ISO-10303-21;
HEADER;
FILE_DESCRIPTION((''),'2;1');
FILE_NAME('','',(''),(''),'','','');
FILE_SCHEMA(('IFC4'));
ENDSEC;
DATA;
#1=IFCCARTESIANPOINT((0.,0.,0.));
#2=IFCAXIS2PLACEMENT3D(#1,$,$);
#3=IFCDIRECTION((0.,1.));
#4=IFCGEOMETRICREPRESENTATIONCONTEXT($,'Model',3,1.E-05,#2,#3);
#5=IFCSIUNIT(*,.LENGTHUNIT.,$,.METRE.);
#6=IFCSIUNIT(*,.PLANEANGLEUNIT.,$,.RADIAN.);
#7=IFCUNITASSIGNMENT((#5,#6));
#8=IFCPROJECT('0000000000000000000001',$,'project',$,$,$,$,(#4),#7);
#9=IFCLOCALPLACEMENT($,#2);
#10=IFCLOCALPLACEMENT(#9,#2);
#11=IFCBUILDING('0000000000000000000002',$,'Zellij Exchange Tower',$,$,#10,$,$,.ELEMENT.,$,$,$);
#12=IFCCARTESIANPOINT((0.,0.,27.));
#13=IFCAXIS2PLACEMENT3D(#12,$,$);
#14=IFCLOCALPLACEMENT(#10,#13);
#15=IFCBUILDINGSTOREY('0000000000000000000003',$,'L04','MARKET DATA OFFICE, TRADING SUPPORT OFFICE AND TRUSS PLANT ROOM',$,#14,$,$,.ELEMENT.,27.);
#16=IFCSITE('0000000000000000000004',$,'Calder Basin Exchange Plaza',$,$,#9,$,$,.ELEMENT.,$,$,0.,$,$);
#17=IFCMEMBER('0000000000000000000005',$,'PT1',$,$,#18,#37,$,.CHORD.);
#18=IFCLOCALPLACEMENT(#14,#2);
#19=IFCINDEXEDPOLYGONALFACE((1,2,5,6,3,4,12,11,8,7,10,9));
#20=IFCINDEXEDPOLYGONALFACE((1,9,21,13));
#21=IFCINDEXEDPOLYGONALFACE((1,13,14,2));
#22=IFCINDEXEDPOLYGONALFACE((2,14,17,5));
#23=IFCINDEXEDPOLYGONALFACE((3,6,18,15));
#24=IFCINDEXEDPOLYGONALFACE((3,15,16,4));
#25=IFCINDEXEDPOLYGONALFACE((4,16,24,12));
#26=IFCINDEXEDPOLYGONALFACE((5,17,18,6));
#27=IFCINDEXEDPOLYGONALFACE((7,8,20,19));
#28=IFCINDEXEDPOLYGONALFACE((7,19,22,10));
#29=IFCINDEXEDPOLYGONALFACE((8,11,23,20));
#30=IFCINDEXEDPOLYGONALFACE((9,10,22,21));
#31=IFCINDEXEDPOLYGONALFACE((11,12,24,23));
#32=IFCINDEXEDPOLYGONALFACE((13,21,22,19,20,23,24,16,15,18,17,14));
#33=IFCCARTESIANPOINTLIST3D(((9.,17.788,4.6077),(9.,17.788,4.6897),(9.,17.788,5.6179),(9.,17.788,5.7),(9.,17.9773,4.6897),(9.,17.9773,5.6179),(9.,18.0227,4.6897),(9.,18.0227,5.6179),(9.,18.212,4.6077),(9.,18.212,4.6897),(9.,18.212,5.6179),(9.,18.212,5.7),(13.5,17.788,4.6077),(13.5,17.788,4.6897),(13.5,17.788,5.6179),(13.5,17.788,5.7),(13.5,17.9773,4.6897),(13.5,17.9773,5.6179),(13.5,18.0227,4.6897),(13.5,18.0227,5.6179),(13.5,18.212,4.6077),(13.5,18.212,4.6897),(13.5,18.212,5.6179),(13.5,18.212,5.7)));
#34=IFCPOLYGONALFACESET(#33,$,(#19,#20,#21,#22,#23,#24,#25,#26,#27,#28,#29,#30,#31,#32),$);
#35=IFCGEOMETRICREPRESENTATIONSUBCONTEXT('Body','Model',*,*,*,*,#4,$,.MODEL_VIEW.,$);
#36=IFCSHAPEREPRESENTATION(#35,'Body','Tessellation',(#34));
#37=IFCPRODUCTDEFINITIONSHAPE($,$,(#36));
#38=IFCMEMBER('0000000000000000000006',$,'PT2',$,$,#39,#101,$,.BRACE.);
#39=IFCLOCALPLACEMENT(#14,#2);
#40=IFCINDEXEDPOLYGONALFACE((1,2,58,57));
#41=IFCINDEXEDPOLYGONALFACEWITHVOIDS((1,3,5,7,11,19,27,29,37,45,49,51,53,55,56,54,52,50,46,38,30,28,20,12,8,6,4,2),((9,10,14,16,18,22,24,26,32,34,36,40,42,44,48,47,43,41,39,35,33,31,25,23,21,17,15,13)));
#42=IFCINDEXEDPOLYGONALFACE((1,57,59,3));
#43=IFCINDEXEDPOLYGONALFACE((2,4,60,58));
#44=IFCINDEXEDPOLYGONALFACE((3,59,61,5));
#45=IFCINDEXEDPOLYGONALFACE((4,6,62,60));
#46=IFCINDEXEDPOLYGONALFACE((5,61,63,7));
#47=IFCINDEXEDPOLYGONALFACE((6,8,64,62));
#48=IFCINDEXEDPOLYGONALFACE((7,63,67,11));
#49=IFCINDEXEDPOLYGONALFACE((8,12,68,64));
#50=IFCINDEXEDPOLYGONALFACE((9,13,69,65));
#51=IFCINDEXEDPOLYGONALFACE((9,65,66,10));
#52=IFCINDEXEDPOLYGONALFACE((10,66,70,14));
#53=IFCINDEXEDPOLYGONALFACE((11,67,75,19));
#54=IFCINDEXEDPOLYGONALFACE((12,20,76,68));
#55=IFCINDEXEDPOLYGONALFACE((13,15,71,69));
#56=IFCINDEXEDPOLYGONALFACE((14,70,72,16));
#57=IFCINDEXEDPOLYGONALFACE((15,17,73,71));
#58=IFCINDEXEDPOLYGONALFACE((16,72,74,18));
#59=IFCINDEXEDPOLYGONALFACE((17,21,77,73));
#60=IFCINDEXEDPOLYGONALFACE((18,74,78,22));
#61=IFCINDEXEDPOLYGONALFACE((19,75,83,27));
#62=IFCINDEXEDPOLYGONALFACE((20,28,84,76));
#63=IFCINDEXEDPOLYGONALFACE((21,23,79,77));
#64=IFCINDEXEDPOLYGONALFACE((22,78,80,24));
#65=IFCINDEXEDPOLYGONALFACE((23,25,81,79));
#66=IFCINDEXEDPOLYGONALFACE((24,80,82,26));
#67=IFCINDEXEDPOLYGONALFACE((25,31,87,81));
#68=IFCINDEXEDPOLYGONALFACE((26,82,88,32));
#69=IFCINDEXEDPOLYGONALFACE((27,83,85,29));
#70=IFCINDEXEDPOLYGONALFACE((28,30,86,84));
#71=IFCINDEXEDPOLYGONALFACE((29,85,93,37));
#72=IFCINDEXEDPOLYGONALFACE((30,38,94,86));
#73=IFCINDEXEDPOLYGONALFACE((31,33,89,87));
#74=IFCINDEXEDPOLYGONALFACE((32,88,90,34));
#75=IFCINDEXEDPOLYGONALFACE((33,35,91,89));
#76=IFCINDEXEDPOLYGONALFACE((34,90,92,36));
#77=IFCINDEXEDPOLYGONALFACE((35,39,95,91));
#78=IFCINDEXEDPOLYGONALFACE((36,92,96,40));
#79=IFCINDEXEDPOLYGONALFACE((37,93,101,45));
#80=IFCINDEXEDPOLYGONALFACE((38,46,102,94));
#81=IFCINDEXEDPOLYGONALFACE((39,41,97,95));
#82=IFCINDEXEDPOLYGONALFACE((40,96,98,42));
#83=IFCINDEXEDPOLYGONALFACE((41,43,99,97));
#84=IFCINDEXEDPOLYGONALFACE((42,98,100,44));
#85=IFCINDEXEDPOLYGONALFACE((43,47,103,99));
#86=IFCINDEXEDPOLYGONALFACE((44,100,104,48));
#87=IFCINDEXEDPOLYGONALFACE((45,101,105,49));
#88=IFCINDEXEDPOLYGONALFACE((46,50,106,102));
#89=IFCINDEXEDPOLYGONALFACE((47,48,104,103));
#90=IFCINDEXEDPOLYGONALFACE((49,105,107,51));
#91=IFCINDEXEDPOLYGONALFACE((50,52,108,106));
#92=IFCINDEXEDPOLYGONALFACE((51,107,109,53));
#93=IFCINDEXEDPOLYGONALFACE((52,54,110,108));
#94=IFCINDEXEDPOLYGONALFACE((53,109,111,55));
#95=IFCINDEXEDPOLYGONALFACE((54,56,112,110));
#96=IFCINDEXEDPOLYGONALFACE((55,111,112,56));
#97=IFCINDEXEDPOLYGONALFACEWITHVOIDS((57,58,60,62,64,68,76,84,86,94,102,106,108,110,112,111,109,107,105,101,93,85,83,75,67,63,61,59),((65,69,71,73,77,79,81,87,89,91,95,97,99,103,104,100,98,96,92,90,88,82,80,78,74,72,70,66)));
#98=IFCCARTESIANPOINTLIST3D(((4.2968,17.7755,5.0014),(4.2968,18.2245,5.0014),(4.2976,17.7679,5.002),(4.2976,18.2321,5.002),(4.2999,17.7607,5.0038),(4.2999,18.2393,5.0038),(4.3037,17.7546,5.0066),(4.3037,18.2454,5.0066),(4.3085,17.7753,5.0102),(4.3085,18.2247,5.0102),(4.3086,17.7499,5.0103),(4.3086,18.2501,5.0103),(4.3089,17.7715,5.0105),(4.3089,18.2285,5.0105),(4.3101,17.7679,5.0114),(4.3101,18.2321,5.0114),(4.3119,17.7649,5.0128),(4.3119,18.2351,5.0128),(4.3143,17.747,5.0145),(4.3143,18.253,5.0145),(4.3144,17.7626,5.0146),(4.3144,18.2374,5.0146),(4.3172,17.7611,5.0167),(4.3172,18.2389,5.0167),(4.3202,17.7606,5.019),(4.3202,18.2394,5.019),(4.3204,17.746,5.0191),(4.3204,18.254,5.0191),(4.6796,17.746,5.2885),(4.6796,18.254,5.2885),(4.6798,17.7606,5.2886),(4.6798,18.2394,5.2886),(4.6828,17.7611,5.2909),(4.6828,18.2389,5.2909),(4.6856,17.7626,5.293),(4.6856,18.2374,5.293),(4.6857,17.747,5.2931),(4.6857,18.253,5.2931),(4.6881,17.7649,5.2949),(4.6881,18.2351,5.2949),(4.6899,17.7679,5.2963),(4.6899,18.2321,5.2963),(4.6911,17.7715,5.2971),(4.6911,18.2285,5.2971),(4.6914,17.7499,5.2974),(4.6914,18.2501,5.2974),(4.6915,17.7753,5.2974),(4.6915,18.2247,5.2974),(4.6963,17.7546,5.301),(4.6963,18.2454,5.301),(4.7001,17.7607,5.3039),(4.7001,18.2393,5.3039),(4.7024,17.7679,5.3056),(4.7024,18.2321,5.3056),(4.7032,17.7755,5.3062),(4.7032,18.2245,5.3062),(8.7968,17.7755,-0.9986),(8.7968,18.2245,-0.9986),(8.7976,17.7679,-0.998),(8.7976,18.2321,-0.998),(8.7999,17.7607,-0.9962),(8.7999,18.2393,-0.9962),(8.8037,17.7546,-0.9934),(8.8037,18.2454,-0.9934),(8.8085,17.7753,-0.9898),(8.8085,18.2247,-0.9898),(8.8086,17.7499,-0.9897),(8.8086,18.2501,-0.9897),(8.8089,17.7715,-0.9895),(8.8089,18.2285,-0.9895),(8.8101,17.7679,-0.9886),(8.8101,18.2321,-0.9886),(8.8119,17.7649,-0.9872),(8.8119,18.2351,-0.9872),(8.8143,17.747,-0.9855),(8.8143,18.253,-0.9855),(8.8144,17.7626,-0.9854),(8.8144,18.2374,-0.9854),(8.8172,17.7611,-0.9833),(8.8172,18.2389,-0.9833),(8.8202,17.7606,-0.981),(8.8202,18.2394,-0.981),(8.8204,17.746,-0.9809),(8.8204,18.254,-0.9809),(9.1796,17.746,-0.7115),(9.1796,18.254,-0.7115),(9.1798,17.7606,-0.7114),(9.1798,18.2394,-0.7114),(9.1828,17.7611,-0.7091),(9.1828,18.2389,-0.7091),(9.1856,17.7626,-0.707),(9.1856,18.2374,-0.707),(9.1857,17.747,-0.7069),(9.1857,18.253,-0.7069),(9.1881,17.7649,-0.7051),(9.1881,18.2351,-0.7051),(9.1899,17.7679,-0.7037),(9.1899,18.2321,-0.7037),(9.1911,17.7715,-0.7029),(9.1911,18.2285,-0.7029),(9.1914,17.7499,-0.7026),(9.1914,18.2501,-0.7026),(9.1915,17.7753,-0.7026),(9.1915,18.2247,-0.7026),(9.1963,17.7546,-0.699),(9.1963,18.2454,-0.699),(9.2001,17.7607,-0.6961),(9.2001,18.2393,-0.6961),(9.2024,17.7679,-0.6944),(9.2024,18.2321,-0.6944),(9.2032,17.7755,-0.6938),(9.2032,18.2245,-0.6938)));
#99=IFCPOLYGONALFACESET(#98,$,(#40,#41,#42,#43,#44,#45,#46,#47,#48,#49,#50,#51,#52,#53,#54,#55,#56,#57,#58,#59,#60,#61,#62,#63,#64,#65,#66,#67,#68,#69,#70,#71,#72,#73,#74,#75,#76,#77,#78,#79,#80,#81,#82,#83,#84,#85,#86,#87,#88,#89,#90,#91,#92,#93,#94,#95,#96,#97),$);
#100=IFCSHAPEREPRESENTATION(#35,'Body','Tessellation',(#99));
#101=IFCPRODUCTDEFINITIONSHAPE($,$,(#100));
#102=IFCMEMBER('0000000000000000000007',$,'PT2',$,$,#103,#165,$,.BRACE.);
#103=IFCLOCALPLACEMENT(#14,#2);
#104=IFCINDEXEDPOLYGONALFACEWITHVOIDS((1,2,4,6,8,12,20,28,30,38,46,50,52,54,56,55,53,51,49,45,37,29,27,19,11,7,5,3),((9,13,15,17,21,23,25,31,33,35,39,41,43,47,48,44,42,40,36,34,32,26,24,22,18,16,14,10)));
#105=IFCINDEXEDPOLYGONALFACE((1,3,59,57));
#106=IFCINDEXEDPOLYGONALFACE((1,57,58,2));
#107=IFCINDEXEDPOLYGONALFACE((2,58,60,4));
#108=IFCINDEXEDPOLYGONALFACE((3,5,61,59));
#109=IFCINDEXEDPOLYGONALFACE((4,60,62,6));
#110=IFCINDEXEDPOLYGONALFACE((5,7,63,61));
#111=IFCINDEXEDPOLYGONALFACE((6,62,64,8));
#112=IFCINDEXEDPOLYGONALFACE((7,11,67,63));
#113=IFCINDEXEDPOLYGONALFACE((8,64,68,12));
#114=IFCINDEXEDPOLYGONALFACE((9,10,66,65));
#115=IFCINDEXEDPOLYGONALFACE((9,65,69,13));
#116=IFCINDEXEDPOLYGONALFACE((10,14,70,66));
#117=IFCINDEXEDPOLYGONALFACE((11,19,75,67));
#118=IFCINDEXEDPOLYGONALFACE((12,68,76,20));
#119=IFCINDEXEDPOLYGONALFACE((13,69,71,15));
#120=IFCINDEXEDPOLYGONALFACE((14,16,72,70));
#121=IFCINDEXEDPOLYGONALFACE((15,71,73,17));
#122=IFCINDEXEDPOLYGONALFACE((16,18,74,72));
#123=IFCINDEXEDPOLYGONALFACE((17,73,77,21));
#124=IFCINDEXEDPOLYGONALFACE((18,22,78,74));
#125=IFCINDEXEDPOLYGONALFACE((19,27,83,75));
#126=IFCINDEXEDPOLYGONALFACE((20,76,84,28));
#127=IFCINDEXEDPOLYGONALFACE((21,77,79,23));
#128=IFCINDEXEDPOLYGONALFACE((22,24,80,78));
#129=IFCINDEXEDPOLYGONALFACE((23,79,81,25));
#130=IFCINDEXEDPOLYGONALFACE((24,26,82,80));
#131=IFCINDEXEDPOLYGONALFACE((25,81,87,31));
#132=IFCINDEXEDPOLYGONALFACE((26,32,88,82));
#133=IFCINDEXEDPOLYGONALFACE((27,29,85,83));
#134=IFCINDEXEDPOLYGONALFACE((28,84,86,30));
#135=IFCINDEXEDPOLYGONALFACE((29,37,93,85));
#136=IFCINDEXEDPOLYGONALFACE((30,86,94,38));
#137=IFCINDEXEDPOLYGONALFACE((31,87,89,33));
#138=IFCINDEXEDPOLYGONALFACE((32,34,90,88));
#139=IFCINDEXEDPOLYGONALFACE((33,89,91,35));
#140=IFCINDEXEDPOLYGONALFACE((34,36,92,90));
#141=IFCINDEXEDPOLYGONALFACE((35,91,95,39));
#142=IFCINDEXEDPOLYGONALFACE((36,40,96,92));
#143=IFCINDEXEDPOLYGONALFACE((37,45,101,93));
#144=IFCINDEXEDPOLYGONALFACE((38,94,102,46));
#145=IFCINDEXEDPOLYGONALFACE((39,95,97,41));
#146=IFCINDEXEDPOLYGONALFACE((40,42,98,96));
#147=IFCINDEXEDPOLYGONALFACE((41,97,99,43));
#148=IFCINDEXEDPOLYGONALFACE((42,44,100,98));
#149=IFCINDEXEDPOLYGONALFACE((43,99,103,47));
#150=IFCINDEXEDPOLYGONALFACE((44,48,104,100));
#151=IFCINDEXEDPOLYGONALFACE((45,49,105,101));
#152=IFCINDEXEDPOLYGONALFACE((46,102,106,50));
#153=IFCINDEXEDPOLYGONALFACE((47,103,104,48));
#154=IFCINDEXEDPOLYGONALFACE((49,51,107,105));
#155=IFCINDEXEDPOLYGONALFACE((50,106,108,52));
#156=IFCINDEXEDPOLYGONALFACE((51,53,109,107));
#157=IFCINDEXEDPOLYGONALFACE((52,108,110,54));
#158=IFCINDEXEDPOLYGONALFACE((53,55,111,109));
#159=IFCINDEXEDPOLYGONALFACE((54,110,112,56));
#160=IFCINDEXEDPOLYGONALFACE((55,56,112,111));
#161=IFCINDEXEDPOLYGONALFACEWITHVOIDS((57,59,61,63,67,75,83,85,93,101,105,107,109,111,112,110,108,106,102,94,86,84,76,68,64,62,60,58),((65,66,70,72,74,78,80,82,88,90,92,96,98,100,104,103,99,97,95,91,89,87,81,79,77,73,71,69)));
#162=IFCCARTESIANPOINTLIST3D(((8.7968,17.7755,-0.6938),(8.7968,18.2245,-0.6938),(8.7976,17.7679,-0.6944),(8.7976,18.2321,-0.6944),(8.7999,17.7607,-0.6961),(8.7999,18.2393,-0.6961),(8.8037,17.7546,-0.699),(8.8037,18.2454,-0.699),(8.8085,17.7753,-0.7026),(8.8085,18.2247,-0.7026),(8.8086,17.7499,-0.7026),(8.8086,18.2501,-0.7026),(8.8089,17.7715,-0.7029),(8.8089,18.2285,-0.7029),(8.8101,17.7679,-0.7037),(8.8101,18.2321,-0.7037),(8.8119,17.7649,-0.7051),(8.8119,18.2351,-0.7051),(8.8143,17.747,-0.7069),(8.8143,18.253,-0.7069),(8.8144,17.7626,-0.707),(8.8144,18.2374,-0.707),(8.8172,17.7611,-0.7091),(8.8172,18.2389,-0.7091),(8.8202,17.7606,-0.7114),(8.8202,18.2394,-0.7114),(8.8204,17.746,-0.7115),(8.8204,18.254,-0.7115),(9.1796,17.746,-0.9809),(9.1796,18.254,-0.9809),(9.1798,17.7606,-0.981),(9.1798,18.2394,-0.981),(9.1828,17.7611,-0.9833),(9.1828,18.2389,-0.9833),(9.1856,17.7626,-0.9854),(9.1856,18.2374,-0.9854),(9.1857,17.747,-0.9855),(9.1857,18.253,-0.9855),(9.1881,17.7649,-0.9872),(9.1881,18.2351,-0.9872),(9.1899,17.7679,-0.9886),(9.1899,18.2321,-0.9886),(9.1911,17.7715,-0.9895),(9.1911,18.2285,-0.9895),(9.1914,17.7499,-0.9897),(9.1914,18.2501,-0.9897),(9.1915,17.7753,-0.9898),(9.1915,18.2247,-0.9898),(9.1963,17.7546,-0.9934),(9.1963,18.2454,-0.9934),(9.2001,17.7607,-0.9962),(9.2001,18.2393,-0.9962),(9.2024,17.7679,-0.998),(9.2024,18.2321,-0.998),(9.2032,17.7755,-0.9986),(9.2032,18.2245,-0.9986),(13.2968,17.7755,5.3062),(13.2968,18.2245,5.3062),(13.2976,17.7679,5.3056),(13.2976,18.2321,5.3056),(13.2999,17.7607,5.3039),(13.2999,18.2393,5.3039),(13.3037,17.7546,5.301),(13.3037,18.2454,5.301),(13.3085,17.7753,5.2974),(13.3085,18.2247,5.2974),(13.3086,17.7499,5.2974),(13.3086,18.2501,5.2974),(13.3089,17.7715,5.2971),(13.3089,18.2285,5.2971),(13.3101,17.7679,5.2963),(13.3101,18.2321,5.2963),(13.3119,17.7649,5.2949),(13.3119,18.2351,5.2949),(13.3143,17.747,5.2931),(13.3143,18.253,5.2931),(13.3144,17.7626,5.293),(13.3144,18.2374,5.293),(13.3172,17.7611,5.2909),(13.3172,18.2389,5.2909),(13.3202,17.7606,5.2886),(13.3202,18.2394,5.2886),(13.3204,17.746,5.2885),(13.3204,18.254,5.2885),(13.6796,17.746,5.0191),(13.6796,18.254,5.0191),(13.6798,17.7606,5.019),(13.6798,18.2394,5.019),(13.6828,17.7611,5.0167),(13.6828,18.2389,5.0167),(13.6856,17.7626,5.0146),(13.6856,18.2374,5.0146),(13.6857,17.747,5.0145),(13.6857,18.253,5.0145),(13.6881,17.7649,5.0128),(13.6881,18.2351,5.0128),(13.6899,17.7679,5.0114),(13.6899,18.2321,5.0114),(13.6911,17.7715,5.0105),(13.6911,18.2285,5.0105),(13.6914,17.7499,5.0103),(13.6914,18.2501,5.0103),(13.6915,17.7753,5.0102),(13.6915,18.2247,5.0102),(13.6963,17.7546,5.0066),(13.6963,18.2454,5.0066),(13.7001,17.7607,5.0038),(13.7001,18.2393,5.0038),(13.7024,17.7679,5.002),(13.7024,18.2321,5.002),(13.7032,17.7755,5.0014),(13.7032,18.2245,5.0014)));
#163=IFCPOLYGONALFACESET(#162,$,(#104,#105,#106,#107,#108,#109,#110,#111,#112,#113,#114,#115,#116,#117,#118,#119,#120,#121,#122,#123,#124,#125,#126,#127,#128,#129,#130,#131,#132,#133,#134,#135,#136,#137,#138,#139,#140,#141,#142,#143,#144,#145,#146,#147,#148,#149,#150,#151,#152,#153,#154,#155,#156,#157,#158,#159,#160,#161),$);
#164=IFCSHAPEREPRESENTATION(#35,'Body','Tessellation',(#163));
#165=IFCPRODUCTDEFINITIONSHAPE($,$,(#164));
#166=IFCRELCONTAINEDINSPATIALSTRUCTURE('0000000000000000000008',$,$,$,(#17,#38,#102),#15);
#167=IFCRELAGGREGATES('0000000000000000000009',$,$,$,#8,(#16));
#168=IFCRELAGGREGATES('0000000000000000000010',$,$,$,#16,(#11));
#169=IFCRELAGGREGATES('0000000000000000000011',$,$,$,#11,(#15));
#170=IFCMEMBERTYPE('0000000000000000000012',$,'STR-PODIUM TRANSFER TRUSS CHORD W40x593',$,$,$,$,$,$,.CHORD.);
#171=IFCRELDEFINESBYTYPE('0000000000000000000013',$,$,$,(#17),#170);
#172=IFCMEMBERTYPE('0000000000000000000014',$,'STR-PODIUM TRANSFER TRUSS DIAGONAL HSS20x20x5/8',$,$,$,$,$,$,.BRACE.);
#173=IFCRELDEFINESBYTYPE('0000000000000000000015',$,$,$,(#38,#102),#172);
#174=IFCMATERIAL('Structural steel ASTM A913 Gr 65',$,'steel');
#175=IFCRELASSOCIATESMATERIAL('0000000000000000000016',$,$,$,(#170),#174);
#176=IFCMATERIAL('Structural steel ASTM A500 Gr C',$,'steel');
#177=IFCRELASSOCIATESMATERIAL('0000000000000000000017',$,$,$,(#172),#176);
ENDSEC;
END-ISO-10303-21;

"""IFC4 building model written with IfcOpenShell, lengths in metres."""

from ifc_helpers import new_model, si_unit, direction, frame, origin, origin_2d, place, context, subcontext, project, spatial, hollow_rectangle, i_section, extrude, material, material_profile, profile_set, type_object, element, save


model = new_model("IFC4")

# Units and contexts
model_context = context("Model", 3, precision=1e-05, world=origin(), true_north=direction((0.0, 1.0)))
body_context = subcontext(model_context, "Body", "Model", "MODEL_VIEW")
ifc_project = project(units=[si_unit("LENGTHUNIT", "METRE"), si_unit("PLANEANGLEUNIT", "RADIAN")], contexts=[model_context])

# Site, building, storey
site_placement = place(None, origin())
site = spatial("IfcSite", under=ifc_project, at=site_placement, Name="Calder Basin Exchange Plaza", CompositionType="ELEMENT", RefElevation=0.0)
building_placement = place(site_placement, origin())
building = spatial("IfcBuilding", under=site, at=building_placement, Name="Zellij Exchange Tower", CompositionType="ELEMENT")
storey_placement = place(building_placement, frame((0.0, 0.0, 27.0)))
storey = spatial("IfcBuildingStorey", under=building, at=storey_placement, Name="L04", Description="MARKET DATA OFFICE, TRADING SUPPORT OFFICE AND TRUSS PLANT ROOM", CompositionType="ELEMENT", Elevation=27.0)

# Members
ifc_material_1 = material(Name="Structural steel ASTM A913 Gr 65", Category="steel")
ifc_material_profile_1 = material_profile(ifc_material_1, i_section(OverallWidth=0.4241, OverallDepth=1.0923, WebThickness=0.0454, FlangeThickness=0.082, at=origin_2d()), Name="W40x593")
ifc_profile_set_1 = profile_set([ifc_material_profile_1], Name="Structural steel ASTM A913 Gr 65")
member_type_1 = type_object("IfcMemberType", Name="STR-PODIUM TRANSFER TRUSS CHORD W40x593", PredefinedType="CHORD", material=ifc_profile_set_1)
for number, where, z_axis, x_axis, name in (
    (1, (9.0, 18.0, 5.1538), (1.0, 0.0, 0.0), (0.0, 1.0, 0.0), "PT1"),
):
    element("IfcMember", number, at=place(storey_placement, frame(where, z_axis=z_axis, x_axis=x_axis)), inside=storey, type_object=member_type_1, Name=name, PredefinedType="CHORD", context=body_context, shape_type="SweptSolid", body=[
        extrude(i_section(OverallWidth=0.4241, OverallDepth=1.0923, WebThickness=0.0454, FlangeThickness=0.082, at=origin_2d()), origin(), (0.0, 0.0, 1.0), 4.5),
    ])
ifc_material_2 = material(Name="Structural steel ASTM A500 Gr C", Category="steel")
ifc_material_profile_2 = material_profile(ifc_material_2, hollow_rectangle(XDim=0.5081, YDim=0.5081, WallThickness=0.0146, InnerFilletRadius=0.0146, OuterFilletRadius=0.0295, at=origin_2d()), Name="STR-PODIUM TRANSFER TRUSS DIAGONAL HSS20x20x5/8")
ifc_profile_set_2 = profile_set([ifc_material_profile_2], Name="Structural steel ASTM A500 Gr C")
member_type_2 = type_object("IfcMemberType", Name="STR-PODIUM TRANSFER TRUSS DIAGONAL HSS20x20x5/8", PredefinedType="BRACE", material=ifc_profile_set_2)
for number, where, z_axis, x_axis, name in (
    (2, (4.5, 18.0, 5.1538), (0.6, 0.0, -0.8), (0.0, 1.0, 0.0), "PT2"),
    (3, (9.0, 18.0, -0.8462), (0.6, 0.0, 0.8), (0.0, 1.0, 0.0), "PT2"),
):
    element("IfcMember", number, at=place(storey_placement, frame(where, z_axis=z_axis, x_axis=x_axis)), inside=storey, type_object=member_type_2, Name=name, PredefinedType="BRACE", context=body_context, shape_type="SweptSolid", body=[
        extrude(hollow_rectangle(XDim=0.5081, YDim=0.5081, WallThickness=0.0146, InnerFilletRadius=0.0146, OuterFilletRadius=0.0295, at=origin_2d()), origin(), (0.0, 0.0, 1.0), 7.5),
    ])

save(model, "model.ifc")
